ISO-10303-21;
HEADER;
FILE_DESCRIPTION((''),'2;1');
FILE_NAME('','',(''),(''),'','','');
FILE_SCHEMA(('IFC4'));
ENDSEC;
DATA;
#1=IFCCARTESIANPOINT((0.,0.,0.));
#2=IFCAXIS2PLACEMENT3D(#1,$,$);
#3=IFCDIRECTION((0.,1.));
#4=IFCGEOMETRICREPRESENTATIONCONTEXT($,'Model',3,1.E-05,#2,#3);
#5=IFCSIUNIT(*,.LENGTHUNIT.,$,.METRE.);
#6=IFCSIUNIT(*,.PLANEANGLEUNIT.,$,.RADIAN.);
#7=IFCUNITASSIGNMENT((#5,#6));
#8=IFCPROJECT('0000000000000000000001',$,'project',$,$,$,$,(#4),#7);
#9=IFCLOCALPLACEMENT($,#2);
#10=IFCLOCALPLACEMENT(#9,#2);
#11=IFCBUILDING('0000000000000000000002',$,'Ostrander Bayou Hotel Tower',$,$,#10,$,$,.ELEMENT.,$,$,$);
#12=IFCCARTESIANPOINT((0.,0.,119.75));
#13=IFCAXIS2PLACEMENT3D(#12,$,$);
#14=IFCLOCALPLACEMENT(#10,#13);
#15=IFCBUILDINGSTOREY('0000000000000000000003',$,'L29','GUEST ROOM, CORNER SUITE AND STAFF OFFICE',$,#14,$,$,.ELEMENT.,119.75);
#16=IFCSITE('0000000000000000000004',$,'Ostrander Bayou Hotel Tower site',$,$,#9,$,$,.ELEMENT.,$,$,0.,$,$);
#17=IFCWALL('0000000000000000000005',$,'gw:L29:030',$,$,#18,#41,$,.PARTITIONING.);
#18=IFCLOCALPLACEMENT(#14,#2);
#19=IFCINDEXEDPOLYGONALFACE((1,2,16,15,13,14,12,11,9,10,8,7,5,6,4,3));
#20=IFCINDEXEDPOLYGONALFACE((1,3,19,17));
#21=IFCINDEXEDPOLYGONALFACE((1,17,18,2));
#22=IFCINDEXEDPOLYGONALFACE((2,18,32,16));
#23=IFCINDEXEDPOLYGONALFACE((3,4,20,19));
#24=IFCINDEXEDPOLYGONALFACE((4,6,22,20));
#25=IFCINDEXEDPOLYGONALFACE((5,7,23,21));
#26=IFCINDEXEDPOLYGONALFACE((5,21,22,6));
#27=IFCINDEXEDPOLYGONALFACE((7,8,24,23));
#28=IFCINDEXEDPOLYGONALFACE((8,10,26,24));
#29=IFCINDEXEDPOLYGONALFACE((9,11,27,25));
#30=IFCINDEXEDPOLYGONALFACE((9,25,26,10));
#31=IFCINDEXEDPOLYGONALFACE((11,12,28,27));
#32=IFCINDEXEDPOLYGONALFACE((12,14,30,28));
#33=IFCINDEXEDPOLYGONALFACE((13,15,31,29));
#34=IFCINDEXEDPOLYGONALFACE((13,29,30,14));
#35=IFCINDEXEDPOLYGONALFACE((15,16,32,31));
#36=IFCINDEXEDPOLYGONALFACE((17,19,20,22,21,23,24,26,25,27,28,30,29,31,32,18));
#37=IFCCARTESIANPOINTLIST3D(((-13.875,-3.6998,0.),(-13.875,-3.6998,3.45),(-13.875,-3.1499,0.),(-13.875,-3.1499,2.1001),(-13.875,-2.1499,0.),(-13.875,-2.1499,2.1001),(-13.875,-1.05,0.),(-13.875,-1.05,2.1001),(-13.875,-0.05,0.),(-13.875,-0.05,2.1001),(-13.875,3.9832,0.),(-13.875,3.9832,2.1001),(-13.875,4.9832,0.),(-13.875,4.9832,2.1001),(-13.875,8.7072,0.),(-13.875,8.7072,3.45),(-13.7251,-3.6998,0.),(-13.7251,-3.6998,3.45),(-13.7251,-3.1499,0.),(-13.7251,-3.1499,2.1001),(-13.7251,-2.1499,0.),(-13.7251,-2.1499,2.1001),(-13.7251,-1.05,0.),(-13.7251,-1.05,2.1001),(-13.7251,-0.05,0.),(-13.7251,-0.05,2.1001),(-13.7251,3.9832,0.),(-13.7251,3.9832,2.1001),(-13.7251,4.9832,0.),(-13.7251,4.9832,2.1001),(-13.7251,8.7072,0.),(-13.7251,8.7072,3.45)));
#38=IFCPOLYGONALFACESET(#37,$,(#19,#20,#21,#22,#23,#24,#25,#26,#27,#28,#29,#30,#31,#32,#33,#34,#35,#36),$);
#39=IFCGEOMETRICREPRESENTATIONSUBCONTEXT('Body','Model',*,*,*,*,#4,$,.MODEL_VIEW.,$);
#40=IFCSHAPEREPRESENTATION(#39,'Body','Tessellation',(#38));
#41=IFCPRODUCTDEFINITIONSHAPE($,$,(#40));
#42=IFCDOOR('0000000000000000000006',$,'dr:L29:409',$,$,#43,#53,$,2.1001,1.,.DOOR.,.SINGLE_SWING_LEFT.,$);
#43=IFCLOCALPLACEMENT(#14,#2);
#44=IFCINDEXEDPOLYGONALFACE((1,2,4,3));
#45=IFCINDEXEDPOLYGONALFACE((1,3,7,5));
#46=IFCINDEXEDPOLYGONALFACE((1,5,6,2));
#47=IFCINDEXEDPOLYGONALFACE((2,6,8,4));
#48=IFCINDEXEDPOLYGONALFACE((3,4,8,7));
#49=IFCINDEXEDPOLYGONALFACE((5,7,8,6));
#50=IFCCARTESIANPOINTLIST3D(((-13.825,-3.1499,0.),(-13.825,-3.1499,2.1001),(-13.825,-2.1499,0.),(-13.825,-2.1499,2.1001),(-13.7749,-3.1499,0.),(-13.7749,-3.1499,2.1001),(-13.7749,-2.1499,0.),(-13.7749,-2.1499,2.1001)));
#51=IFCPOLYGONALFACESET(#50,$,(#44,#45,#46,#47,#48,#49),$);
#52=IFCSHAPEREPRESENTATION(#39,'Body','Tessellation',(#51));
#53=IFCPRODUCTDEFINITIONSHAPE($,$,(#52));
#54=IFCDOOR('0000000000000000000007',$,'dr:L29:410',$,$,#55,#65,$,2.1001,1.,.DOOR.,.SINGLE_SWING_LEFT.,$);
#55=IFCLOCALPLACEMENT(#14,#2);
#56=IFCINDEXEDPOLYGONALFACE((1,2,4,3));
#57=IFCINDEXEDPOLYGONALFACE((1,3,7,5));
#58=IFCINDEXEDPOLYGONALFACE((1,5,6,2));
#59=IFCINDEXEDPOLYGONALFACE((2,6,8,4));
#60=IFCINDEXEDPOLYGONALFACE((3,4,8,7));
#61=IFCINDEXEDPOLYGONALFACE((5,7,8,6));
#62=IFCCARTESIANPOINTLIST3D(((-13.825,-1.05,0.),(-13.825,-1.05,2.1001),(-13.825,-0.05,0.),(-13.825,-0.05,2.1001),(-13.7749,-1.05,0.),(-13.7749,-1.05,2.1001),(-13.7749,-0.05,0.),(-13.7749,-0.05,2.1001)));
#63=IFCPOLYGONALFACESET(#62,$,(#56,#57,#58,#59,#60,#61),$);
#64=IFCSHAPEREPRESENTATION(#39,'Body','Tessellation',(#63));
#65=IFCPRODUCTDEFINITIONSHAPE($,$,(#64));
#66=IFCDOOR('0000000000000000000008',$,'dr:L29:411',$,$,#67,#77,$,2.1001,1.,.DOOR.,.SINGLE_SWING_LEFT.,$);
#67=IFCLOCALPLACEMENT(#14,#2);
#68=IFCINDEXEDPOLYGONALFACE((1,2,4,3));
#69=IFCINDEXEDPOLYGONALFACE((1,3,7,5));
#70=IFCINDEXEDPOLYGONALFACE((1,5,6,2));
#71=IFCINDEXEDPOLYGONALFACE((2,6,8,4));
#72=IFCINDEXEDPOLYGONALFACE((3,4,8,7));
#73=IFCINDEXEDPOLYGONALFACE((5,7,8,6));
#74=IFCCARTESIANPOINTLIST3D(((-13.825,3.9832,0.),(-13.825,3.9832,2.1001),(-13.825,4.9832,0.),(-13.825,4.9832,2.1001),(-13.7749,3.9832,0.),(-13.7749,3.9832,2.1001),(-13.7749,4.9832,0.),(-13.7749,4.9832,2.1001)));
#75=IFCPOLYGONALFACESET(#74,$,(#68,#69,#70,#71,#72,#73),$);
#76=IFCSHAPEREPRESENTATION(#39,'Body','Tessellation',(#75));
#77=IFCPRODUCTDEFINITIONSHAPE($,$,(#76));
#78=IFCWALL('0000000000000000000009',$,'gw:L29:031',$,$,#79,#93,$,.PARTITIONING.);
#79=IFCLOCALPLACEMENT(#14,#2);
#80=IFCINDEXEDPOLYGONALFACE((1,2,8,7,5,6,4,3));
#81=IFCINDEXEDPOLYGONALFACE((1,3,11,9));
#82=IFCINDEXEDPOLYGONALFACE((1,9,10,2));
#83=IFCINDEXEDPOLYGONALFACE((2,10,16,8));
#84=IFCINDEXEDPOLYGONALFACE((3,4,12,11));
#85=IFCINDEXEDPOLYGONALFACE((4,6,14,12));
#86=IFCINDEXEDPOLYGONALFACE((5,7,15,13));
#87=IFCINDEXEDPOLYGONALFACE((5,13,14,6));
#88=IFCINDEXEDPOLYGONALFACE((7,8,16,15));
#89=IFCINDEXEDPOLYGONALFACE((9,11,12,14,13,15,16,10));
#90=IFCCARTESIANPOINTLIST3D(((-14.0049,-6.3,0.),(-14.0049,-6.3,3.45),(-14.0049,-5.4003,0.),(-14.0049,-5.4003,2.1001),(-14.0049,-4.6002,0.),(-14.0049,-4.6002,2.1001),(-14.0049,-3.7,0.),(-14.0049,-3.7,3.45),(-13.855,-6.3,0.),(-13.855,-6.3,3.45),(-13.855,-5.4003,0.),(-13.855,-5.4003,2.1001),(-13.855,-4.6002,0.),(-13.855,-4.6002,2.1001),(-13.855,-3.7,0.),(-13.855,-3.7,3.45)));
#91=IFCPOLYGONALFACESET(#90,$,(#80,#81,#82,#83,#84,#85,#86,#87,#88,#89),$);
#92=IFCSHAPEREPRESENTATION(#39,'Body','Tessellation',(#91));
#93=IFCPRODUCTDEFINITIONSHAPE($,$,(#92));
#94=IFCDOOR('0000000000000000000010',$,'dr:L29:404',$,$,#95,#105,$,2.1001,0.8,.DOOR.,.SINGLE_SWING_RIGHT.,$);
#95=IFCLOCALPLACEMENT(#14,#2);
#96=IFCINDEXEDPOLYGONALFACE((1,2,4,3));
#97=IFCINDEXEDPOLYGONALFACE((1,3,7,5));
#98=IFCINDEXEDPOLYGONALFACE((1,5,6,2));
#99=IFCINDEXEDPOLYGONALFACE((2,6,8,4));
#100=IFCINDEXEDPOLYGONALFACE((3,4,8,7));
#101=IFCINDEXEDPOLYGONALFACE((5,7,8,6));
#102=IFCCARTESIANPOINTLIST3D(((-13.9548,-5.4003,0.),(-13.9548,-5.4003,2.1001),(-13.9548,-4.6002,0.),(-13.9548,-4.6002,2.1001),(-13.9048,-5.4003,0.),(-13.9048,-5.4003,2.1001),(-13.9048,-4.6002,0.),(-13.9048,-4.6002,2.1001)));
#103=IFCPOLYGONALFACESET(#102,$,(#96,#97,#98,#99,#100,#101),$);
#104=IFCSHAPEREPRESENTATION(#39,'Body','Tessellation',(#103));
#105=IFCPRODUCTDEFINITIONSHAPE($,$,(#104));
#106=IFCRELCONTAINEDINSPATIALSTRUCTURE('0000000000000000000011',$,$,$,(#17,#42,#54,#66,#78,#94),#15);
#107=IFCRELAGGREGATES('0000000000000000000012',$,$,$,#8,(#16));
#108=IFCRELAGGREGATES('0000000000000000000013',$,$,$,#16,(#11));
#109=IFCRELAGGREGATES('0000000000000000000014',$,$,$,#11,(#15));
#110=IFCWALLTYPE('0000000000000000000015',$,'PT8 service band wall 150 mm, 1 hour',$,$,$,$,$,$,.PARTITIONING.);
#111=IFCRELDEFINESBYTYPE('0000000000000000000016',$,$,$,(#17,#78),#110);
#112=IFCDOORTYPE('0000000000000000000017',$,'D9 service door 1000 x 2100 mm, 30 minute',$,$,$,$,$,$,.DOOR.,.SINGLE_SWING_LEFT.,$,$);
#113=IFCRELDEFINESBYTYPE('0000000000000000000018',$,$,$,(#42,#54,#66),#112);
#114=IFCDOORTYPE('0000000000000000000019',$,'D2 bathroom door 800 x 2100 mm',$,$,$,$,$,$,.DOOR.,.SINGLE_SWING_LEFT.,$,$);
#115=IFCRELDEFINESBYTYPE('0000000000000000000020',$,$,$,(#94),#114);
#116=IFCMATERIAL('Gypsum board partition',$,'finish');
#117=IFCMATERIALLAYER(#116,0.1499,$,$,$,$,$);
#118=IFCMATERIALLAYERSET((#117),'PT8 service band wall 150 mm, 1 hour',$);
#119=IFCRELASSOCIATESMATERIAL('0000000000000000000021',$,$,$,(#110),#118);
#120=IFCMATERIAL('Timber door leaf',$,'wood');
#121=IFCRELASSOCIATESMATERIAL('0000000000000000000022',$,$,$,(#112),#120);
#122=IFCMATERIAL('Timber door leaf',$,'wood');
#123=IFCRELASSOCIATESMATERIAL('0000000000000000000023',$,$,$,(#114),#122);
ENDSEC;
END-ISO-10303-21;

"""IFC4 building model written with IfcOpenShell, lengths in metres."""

from ifc_helpers import new_model, si_unit, direction, frame, frame_2d, origin, place, context, subcontext, project, spatial, rectangle, extrude, material, layer, layer_set, type_object, element, fill, save


model = new_model("IFC4")

# Units and contexts
model_context = context("Model", 3, precision=1e-05, world=origin(), true_north=direction((0.0, 1.0)))
body_context = subcontext(model_context, "Body", "Model", "MODEL_VIEW")
ifc_project = project(units=[si_unit("LENGTHUNIT", "METRE"), si_unit("PLANEANGLEUNIT", "RADIAN")], contexts=[model_context])

# Site, building, storey
site_placement = place(None, origin())
site = spatial("IfcSite", under=ifc_project, at=site_placement, Name="Ostrander Bayou Hotel Tower site", CompositionType="ELEMENT", RefElevation=0.0)
building_placement = place(site_placement, origin())
building = spatial("IfcBuilding", under=site, at=building_placement, Name="Ostrander Bayou Hotel Tower", CompositionType="ELEMENT")
storey_placement = place(building_placement, frame((0.0, 0.0, 119.75)))
storey = spatial("IfcBuildingStorey", under=building, at=storey_placement, Name="L29", Description="GUEST ROOM, CORNER SUITE AND STAFF OFFICE", CompositionType="ELEMENT", Elevation=119.75)

# Shared definitions
ifc_material_1 = material(Name="Gypsum board partition", Category="finish")
ifc_layer_1 = layer(ifc_material_1, 0.1499)
ifc_layer_set_1 = layer_set([ifc_layer_1], Name="PT8 service band wall 150 mm, 1 hour")
wall_type_1 = type_object("IfcWallType", Name="PT8 service band wall 150 mm, 1 hour", PredefinedType="PARTITIONING", material=ifc_layer_set_1)

# Wall, openings, doors
wall_1_placement = place(storey_placement, frame((-13.8, -3.7, 0.0), z_axis=(0.0, 0.0, 1.0), x_axis=(0.0, 1.0, 0.0)))
wall_1 = element("IfcWall", 1, at=wall_1_placement, inside=storey, type_object=wall_type_1, Name="gw:L29:030", PredefinedType="PARTITIONING", context=body_context, shape_type="SweptSolid", body=[
    extrude(rectangle(XDim=12.407, YDim=0.1499, at=frame_2d((6.2036, 0.0))), origin(), (0.0, 0.0, 1.0), 3.45),
])
opening_1_placement = place(wall_1_placement, frame((0.55, 0.0, 0.0)))
opening_1 = element("IfcOpeningElement", 2, at=opening_1_placement, cuts=wall_1, PredefinedType="OPENING", context=body_context, shape_type="SweptSolid", body=[
    extrude(rectangle(XDim=1.0, YDim=2.1001, at=frame_2d((0.5, 1.05))), frame((0.0, 0.075, 0.0), z_axis=(0.0, -1.0, 0.0), x_axis=(1.0, 0.0, 0.0)), (0.0, 0.0, 1.0), 0.1499),
])
opening_2_placement = place(wall_1_placement, frame((2.6499, 0.0, 0.0)))
opening_2 = element("IfcOpeningElement", 3, at=opening_2_placement, cuts=wall_1, PredefinedType="OPENING", context=body_context, shape_type="SweptSolid", body=[
    extrude(rectangle(XDim=1.0, YDim=2.1001, at=frame_2d((0.5, 1.05))), frame((0.0, 0.075, 0.0), z_axis=(0.0, -1.0, 0.0), x_axis=(1.0, 0.0, 0.0)), (0.0, 0.0, 1.0), 0.1499),
])
opening_3_placement = place(wall_1_placement, frame((7.6831, 0.0, 0.0)))
opening_3 = element("IfcOpeningElement", 4, at=opening_3_placement, cuts=wall_1, PredefinedType="OPENING", context=body_context, shape_type="SweptSolid", body=[
    extrude(rectangle(XDim=1.0, YDim=2.1001, at=frame_2d((0.5, 1.05))), frame((0.0, 0.075, 0.0), z_axis=(0.0, -1.0, 0.0), x_axis=(1.0, 0.0, 0.0)), (0.0, 0.0, 1.0), 0.1499),
])
ifc_material_2 = material(Name="Timber door leaf", Category="wood")
door_type_1 = type_object("IfcDoorType", Name="D9 service door 1000 x 2100 mm, 30 minute", OperationType="SINGLE_SWING_LEFT", PredefinedType="DOOR", material=ifc_material_2)
door_1_placement = place(opening_1_placement, origin())
door_1 = element("IfcDoor", 5, at=door_1_placement, inside=storey, type_object=door_type_1, Name="dr:L29:409", OperationType="SINGLE_SWING_LEFT", OverallHeight=2.1001, OverallWidth=1.0, PredefinedType="DOOR", context=body_context, shape_type="SweptSolid", body=[
    extrude(rectangle(XDim=1.0, YDim=2.1001, at=frame_2d((0.5, 1.05))), frame((0.0, 0.0249, 0.0), z_axis=(0.0, -1.0, 0.0), x_axis=(1.0, 0.0, 0.0)), (0.0, 0.0, 1.0), 0.05),
])
fill(opening_1, door_1)
door_2_placement = place(opening_2_placement, origin())
door_2 = element("IfcDoor", 6, at=door_2_placement, inside=storey, type_object=door_type_1, Name="dr:L29:410", OperationType="SINGLE_SWING_LEFT", OverallHeight=2.1001, OverallWidth=1.0, PredefinedType="DOOR", context=body_context, shape_type="SweptSolid", body=[
    extrude(rectangle(XDim=1.0, YDim=2.1001, at=frame_2d((0.5, 1.05))), frame((0.0, 0.0249, 0.0), z_axis=(0.0, -1.0, 0.0), x_axis=(1.0, 0.0, 0.0)), (0.0, 0.0, 1.0), 0.05),
])
fill(opening_2, door_2)
door_3_placement = place(opening_3_placement, origin())
door_3 = element("IfcDoor", 7, at=door_3_placement, inside=storey, type_object=door_type_1, Name="dr:L29:411", OperationType="SINGLE_SWING_LEFT", OverallHeight=2.1001, OverallWidth=1.0, PredefinedType="DOOR", context=body_context, shape_type="SweptSolid", body=[
    extrude(rectangle(XDim=1.0, YDim=2.1001, at=frame_2d((0.5, 1.05))), frame((0.0, 0.0249, 0.0), z_axis=(0.0, -1.0, 0.0), x_axis=(1.0, 0.0, 0.0)), (0.0, 0.0, 1.0), 0.05),
])
fill(opening_3, door_3)

# Wall, opening, door
wall_2_placement = place(storey_placement, frame((-13.9299, -6.3, 0.0), z_axis=(0.0, 0.0, 1.0), x_axis=(0.0, 1.0, 0.0)))
wall_2 = element("IfcWall", 8, at=wall_2_placement, inside=storey, type_object=wall_type_1, Name="gw:L29:031", PredefinedType="PARTITIONING", context=body_context, shape_type="SweptSolid", body=[
    extrude(rectangle(XDim=2.6001, YDim=0.1499, at=frame_2d((1.3, 0.0))), origin(), (0.0, 0.0, 1.0), 3.45),
])
opening_4_placement = place(wall_2_placement, frame((0.8999, 0.0, 0.0)))
opening_4 = element("IfcOpeningElement", 9, at=opening_4_placement, cuts=wall_2, PredefinedType="OPENING", context=body_context, shape_type="SweptSolid", body=[
    extrude(rectangle(XDim=0.8, YDim=2.1001, at=frame_2d((0.3999, 1.05))), frame((0.0, 0.075, 0.0), z_axis=(0.0, -1.0, 0.0), x_axis=(1.0, 0.0, 0.0)), (0.0, 0.0, 1.0), 0.1499),
])
ifc_material_3 = material(Name="Timber door leaf", Category="wood")
door_type_2 = type_object("IfcDoorType", Name="D2 bathroom door 800 x 2100 mm", OperationType="SINGLE_SWING_LEFT", PredefinedType="DOOR", material=ifc_material_3)
door_4_placement = place(opening_4_placement, origin())
door_4 = element("IfcDoor", 10, at=door_4_placement, inside=storey, type_object=door_type_2, Name="dr:L29:404", OperationType="SINGLE_SWING_RIGHT", OverallHeight=2.1001, OverallWidth=0.8, PredefinedType="DOOR", context=body_context, shape_type="SweptSolid", body=[
    extrude(rectangle(XDim=0.8, YDim=2.1001, at=frame_2d((0.3999, 1.05))), frame((0.0, 0.0249, 0.0), z_axis=(0.0, -1.0, 0.0), x_axis=(1.0, 0.0, 0.0)), (0.0, 0.0, 1.0), 0.05),
])
fill(opening_4, door_4)

save(model, "model.ifc")
